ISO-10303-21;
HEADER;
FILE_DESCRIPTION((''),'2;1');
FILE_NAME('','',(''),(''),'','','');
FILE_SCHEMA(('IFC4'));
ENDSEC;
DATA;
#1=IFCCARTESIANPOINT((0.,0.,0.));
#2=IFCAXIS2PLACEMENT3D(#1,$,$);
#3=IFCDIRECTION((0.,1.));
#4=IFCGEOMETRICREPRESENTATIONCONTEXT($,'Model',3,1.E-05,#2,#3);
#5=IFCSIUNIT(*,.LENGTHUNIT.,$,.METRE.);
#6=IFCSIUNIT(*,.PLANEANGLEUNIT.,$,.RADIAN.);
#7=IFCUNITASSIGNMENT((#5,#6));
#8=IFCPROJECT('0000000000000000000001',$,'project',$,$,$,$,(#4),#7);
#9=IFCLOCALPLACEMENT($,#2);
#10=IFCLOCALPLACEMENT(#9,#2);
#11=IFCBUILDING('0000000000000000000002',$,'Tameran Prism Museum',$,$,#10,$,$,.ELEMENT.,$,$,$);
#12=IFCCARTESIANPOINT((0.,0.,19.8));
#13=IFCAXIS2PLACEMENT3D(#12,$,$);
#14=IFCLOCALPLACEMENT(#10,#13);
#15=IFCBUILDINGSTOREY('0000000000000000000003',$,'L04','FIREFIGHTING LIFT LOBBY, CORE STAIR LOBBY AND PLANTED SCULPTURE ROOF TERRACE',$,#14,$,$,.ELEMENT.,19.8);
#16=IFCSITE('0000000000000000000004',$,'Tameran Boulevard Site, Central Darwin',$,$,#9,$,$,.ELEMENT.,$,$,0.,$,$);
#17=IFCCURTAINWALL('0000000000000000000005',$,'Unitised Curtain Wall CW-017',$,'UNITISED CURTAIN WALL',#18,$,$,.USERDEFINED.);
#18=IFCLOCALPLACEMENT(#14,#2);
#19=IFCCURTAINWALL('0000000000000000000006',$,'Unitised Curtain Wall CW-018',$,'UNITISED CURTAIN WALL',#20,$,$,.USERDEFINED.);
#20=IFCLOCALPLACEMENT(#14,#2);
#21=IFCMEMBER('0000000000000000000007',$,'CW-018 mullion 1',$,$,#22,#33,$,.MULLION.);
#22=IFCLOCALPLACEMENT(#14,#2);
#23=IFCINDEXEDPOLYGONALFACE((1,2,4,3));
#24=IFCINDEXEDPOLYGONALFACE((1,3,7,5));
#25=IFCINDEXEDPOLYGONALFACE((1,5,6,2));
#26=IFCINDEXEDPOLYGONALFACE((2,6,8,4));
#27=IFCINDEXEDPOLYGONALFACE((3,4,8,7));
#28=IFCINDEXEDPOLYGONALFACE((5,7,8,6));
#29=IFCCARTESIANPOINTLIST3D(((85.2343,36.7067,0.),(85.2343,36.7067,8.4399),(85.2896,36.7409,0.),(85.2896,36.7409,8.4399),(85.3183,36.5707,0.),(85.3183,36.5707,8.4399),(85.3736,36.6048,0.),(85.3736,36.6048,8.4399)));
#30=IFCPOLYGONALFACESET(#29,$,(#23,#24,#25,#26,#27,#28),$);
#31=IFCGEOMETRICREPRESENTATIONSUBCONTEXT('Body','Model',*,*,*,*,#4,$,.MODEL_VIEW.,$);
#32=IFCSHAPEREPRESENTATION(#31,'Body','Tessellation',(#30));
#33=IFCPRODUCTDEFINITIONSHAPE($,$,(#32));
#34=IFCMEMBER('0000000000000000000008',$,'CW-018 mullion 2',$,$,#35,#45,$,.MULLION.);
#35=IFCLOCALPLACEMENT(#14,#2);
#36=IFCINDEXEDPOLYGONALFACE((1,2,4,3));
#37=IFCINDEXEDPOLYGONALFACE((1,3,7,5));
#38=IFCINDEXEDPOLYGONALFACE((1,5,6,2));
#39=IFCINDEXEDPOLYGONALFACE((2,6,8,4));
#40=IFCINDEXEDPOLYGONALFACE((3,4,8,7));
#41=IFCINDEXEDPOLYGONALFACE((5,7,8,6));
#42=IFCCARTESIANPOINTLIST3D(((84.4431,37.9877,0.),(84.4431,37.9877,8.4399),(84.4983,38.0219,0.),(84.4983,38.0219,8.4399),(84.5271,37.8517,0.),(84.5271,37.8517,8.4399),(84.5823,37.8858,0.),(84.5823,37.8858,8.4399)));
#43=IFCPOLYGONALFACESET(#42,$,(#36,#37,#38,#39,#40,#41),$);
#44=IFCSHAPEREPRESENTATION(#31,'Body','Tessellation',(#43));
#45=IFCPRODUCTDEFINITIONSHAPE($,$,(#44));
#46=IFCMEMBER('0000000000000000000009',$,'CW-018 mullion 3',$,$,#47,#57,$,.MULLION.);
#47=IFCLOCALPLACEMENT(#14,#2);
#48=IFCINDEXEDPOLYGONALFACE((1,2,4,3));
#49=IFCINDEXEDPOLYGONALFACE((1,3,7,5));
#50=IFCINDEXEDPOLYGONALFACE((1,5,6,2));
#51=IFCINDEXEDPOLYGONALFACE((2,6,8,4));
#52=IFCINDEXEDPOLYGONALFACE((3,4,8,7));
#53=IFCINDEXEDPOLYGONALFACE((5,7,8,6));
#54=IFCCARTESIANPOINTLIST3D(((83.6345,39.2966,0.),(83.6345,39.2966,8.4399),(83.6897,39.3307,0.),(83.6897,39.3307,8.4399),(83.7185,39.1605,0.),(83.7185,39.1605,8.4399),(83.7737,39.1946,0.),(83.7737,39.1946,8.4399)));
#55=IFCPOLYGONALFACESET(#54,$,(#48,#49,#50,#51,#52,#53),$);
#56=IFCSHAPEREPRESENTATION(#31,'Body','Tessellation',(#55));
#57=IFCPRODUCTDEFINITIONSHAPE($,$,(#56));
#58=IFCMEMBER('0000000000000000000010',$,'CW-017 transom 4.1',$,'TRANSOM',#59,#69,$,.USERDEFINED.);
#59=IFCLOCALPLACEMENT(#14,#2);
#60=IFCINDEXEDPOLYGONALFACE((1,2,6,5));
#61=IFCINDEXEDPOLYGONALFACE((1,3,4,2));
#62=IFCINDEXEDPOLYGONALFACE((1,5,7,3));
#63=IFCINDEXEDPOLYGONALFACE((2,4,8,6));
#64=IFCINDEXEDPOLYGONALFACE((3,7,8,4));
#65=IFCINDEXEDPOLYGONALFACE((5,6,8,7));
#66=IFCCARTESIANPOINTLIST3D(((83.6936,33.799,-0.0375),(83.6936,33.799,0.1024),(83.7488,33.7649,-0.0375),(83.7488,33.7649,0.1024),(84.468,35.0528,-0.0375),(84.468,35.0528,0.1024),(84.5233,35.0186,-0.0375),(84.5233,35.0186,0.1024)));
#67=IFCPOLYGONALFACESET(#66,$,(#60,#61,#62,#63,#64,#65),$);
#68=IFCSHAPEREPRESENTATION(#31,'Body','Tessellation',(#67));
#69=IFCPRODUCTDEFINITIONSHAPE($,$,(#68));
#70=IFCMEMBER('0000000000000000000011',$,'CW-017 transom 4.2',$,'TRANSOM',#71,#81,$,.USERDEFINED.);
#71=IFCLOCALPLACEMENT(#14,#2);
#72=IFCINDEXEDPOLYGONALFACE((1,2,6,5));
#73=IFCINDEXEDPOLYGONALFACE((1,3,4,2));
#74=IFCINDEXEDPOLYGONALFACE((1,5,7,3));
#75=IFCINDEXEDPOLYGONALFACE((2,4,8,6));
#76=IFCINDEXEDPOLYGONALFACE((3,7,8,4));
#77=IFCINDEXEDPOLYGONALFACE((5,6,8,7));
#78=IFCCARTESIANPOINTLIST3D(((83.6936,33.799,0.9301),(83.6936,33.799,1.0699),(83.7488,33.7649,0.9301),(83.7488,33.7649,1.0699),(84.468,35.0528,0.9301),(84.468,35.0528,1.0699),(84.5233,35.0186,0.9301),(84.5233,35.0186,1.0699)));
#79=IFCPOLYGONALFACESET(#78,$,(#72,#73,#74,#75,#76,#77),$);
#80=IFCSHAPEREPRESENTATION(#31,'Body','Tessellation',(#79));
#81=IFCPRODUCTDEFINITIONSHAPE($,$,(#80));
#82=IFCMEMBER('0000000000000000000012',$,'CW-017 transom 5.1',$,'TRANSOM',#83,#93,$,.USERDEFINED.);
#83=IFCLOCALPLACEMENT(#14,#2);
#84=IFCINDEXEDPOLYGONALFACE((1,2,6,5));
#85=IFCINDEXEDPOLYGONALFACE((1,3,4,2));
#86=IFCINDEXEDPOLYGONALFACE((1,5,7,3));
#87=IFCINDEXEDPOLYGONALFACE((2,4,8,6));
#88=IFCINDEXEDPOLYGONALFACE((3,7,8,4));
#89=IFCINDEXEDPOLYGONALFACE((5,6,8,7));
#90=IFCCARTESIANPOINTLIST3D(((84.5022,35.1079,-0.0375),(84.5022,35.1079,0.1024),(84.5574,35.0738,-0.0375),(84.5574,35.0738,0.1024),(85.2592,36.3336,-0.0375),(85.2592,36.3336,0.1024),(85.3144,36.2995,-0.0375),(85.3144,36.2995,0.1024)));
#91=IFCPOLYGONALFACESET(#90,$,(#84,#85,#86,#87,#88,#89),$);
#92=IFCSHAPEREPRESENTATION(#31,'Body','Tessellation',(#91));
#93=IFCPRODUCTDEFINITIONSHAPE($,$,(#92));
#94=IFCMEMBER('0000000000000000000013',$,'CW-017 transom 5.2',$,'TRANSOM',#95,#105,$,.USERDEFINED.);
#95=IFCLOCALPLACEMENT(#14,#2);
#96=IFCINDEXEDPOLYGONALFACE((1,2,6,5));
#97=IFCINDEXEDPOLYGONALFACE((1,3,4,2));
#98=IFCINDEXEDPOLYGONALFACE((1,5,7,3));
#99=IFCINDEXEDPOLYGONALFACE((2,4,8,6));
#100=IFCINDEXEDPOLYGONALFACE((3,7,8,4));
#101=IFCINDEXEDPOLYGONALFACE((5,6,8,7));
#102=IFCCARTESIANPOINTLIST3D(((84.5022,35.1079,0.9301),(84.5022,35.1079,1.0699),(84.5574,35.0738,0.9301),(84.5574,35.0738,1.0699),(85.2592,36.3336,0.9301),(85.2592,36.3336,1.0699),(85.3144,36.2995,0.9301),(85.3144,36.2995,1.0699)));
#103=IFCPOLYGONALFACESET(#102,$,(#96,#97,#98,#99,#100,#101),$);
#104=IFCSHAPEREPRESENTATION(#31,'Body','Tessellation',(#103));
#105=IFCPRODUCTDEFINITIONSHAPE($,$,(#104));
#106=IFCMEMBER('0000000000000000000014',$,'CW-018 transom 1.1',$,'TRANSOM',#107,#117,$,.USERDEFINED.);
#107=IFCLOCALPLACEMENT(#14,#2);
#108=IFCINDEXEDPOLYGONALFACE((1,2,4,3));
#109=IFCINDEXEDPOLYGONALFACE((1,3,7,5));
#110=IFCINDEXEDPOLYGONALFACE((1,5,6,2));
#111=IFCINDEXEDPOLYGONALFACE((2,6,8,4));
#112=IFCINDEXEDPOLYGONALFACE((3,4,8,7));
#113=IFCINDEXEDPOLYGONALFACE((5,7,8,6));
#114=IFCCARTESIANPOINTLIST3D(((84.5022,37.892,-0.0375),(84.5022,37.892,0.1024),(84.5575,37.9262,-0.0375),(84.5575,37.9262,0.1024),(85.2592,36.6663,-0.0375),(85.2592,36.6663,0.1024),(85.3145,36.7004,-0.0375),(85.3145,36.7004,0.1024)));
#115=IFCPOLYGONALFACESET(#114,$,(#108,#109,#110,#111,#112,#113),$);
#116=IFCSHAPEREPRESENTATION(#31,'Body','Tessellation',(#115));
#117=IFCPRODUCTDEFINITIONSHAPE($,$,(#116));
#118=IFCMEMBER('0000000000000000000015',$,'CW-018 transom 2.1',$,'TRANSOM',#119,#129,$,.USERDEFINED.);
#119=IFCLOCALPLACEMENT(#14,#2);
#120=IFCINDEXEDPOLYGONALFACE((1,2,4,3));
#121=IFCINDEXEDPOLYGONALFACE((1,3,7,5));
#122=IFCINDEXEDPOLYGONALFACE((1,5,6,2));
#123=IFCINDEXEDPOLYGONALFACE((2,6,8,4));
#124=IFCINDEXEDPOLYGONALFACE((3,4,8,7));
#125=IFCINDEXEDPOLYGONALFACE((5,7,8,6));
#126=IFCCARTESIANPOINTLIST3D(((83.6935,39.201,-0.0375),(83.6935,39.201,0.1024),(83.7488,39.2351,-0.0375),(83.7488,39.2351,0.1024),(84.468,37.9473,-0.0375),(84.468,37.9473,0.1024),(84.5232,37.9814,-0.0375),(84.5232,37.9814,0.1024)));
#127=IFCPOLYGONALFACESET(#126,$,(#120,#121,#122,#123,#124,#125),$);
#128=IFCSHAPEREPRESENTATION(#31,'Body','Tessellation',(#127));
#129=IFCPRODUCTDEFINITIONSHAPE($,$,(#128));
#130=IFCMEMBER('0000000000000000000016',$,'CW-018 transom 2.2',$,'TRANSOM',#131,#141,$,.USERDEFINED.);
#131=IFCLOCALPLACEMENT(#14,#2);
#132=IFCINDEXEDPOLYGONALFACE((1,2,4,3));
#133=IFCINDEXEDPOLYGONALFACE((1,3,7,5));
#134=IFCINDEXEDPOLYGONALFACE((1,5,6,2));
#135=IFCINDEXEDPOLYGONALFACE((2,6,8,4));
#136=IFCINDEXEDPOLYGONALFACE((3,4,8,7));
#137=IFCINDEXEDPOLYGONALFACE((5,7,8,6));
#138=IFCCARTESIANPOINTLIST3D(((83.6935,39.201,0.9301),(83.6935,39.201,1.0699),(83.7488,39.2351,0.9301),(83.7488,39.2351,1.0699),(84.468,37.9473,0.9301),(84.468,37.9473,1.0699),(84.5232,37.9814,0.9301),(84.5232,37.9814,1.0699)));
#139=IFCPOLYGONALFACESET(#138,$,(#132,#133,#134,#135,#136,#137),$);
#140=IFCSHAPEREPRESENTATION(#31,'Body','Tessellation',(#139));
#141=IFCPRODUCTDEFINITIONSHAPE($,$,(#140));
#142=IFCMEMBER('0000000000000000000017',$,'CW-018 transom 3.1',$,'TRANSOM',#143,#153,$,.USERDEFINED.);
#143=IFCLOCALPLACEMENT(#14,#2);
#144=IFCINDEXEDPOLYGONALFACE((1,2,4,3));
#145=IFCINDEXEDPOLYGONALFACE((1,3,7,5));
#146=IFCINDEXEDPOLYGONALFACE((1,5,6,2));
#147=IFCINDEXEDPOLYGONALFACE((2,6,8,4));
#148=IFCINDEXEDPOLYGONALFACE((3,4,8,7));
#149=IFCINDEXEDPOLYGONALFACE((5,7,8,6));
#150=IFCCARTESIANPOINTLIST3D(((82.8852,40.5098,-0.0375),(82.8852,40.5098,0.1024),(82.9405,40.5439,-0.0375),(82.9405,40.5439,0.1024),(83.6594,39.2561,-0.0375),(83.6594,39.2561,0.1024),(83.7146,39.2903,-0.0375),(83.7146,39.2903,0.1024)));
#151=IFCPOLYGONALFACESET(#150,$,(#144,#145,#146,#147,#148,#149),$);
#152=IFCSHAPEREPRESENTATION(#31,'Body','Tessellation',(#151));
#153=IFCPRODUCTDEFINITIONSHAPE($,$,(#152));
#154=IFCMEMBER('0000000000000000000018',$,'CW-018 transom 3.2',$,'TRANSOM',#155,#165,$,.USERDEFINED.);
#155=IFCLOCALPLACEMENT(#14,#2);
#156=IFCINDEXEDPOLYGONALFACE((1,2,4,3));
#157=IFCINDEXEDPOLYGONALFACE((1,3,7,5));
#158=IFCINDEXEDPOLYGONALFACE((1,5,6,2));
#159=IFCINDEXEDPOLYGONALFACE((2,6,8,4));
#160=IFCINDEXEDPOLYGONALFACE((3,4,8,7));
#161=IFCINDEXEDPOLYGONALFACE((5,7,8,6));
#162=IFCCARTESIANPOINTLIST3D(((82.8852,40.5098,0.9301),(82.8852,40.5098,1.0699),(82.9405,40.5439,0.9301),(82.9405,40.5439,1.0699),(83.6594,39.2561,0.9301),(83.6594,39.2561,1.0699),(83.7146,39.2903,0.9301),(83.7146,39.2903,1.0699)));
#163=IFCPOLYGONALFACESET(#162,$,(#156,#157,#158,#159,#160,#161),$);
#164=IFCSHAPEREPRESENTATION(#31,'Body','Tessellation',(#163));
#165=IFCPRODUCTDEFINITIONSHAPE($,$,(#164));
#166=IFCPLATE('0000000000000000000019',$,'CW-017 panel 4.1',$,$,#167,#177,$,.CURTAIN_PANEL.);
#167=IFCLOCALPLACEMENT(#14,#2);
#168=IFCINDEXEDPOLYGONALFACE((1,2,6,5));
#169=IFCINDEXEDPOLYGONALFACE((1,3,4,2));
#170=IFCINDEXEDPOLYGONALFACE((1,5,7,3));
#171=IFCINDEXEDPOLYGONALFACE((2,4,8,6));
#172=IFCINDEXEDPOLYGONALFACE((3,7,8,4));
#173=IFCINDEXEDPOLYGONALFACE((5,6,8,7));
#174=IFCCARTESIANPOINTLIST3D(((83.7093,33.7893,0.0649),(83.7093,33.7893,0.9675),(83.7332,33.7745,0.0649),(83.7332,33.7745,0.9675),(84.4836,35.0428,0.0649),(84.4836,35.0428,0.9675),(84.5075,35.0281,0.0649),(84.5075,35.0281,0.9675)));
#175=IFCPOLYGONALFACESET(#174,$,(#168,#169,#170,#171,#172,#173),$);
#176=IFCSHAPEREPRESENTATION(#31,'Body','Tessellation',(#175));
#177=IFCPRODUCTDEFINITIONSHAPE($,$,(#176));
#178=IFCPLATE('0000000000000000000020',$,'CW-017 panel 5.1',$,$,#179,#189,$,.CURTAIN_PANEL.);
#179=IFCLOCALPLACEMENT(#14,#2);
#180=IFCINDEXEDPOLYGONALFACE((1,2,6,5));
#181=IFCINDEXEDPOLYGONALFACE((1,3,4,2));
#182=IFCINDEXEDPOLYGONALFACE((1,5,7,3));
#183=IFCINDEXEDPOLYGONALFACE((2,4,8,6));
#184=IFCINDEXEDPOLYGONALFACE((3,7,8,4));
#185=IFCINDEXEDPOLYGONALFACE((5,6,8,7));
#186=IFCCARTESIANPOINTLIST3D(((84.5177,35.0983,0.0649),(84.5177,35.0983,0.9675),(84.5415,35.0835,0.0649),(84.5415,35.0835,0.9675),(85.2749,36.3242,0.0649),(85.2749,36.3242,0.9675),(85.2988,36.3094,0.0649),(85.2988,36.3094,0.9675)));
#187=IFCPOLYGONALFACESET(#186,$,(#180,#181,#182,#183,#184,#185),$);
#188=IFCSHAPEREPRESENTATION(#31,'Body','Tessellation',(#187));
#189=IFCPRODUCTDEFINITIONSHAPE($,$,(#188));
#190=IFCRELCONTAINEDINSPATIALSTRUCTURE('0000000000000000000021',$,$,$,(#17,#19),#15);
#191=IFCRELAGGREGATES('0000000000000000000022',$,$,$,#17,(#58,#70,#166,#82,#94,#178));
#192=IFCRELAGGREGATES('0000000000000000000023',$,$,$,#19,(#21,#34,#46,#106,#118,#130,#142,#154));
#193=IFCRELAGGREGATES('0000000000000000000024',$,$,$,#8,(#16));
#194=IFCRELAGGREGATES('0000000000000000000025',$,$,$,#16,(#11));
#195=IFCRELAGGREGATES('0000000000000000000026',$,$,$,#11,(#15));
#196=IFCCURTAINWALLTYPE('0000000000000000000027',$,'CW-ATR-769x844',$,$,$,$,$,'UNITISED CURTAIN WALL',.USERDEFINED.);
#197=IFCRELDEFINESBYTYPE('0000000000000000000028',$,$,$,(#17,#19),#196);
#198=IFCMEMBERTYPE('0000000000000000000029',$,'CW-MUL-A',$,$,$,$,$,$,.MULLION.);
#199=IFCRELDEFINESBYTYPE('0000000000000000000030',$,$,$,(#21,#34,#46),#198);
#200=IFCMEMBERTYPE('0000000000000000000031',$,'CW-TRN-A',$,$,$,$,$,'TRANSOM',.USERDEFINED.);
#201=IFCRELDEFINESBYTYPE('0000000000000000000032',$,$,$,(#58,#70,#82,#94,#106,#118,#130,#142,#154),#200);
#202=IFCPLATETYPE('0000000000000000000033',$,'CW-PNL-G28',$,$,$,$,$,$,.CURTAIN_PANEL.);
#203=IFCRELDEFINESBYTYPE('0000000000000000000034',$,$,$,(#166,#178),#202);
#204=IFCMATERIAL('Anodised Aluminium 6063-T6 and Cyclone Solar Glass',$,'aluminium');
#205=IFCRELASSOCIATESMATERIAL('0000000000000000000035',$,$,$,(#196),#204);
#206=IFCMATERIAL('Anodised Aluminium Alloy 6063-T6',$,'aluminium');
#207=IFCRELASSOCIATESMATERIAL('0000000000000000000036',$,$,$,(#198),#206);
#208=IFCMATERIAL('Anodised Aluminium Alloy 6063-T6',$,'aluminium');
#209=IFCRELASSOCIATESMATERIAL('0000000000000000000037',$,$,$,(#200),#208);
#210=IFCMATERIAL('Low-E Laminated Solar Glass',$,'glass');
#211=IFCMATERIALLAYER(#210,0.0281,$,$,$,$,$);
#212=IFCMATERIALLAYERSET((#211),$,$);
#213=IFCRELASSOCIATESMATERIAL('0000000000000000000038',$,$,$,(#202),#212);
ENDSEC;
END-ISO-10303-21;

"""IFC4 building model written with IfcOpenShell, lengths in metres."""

from ifc_helpers import new_model, si_unit, direction, frame, origin, origin_2d, place, context, subcontext, project, spatial, rectangle, extrude, material, layer, layer_set, material_profile, profile_set, type_object, element, aggregate, save


model = new_model("IFC4")

# Units and contexts
model_context = context("Model", 3, precision=1e-05, world=origin(), true_north=direction((0.0, 1.0)))
body_context = subcontext(model_context, "Body", "Model", "MODEL_VIEW")
ifc_project = project(units=[si_unit("LENGTHUNIT", "METRE"), si_unit("PLANEANGLEUNIT", "RADIAN")], contexts=[model_context])

# Site, building, storey
site_placement = place(None, origin())
site = spatial("IfcSite", under=ifc_project, at=site_placement, Name="Tameran Boulevard Site, Central Darwin", CompositionType="ELEMENT", RefElevation=0.0)
building_placement = place(site_placement, origin())
building = spatial("IfcBuilding", under=site, at=building_placement, Name="Tameran Prism Museum", CompositionType="ELEMENT")
storey_placement = place(building_placement, frame((0.0, 0.0, 19.8)))
storey = spatial("IfcBuildingStorey", under=building, at=storey_placement, Name="L04", Description="FIREFIGHTING LIFT LOBBY, CORE STAIR LOBBY AND PLANTED SCULPTURE ROOF TERRACE", CompositionType="ELEMENT", Elevation=19.8)

# Curtain walls, members
ifc_material_1 = material(Name="Anodised Aluminium 6063-T6 and Cyclone Solar Glass", Category="aluminium")
curtain_wall_type = type_object("IfcCurtainWallType", Name="CW-ATR-769x844", ElementType="UNITISED CURTAIN WALL", PredefinedType="USERDEFINED", material=ifc_material_1)
curtain_wall_1_placement = place(storey_placement, origin())
curtain_wall_1 = element("IfcCurtainWall", 1, at=curtain_wall_1_placement, inside=storey, type_object=curtain_wall_type, Name="Unitised Curtain Wall CW-017", ObjectType="UNITISED CURTAIN WALL", PredefinedType="USERDEFINED")
ifc_material_2 = material(Name="Anodised Aluminium Alloy 6063-T6", Category="aluminium")
ifc_material_profile_1 = material_profile(ifc_material_2, rectangle(XDim=0.0649, YDim=0.1599, at=origin_2d()))
ifc_profile_set_1 = profile_set([ifc_material_profile_1])
member_type_1 = type_object("IfcMemberType", Name="CW-MUL-A", PredefinedType="MULLION", material=ifc_profile_set_1)
curtain_wall_2_placement = place(storey_placement, origin())
curtain_wall_2 = element("IfcCurtainWall", 2, at=curtain_wall_2_placement, inside=storey, type_object=curtain_wall_type, Name="Unitised Curtain Wall CW-018", ObjectType="UNITISED CURTAIN WALL", PredefinedType="USERDEFINED")
member_1_placement = place(storey_placement, frame((85.304, 36.6558, 0.0), z_axis=(0.0, 0.0, 1.0), x_axis=(-0.850791, -0.525504, 0.0)))
member_1 = element("IfcMember", 3, at=member_1_placement, type_object=member_type_1, Name="CW-018 mullion 1", PredefinedType="MULLION", context=body_context, shape_type="SweptSolid", body=[
    extrude(rectangle(XDim=0.0649, YDim=0.1599, at=origin_2d()), origin(), (0.0, 0.0, 1.0), 8.4399),
])
member_2_placement = place(storey_placement, frame((84.5127, 37.9368, 0.0), z_axis=(0.0, 0.0, 1.0), x_axis=(-0.850791, -0.525504, 0.0)))
member_2 = element("IfcMember", 4, at=member_2_placement, type_object=member_type_1, Name="CW-018 mullion 2", PredefinedType="MULLION", context=body_context, shape_type="SweptSolid", body=[
    extrude(rectangle(XDim=0.0649, YDim=0.1599, at=origin_2d()), origin(), (0.0, 0.0, 1.0), 8.4399),
])
member_3_placement = place(storey_placement, frame((83.7041, 39.2456, 0.0), z_axis=(0.0, 0.0, 1.0), x_axis=(-0.850791, -0.525504, 0.0)))
member_3 = element("IfcMember", 5, at=member_3_placement, type_object=member_type_1, Name="CW-018 mullion 3", PredefinedType="MULLION", context=body_context, shape_type="SweptSolid", body=[
    extrude(rectangle(XDim=0.0649, YDim=0.1599, at=origin_2d()), origin(), (0.0, 0.0, 1.0), 8.4399),
])

# Members
ifc_material_3 = material(Name="Anodised Aluminium Alloy 6063-T6", Category="aluminium")
ifc_material_profile_2 = material_profile(ifc_material_3, rectangle(XDim=0.0649, YDim=0.1399, at=origin_2d()))
ifc_profile_set_2 = profile_set([ifc_material_profile_2])
member_type_2 = type_object("IfcMemberType", Name="CW-TRN-A", ElementType="TRANSOM", PredefinedType="USERDEFINED", material=ifc_profile_set_2)
member_4_placement = place(storey_placement, frame((83.7212, 33.782, 0.0325), z_axis=(0.525539, 0.85077, 0.0), x_axis=(-0.85077, 0.525539, 0.0)))
member_4 = element("IfcMember", 6, at=member_4_placement, type_object=member_type_2, Name="CW-017 transom 4.1", ObjectType="TRANSOM", PredefinedType="USERDEFINED", context=body_context, shape_type="SweptSolid", body=[
    extrude(rectangle(XDim=0.0649, YDim=0.1399, at=origin_2d()), origin(), (0.0, 0.0, 1.0), 1.4736),
])
member_5_placement = place(storey_placement, frame((83.7212, 33.782, 1.0), z_axis=(0.525539, 0.85077, 0.0), x_axis=(-0.85077, 0.525539, 0.0)))
member_5 = element("IfcMember", 7, at=member_5_placement, type_object=member_type_2, Name="CW-017 transom 4.2", ObjectType="TRANSOM", PredefinedType="USERDEFINED", context=body_context, shape_type="SweptSolid", body=[
    extrude(rectangle(XDim=0.0649, YDim=0.1399, at=origin_2d()), origin(), (0.0, 0.0, 1.0), 1.4736),
])
member_6_placement = place(storey_placement, frame((84.5298, 35.0908, 0.0325), z_axis=(0.525468, 0.850814, 0.0), x_axis=(-0.850814, 0.525468, 0.0)))
member_6 = element("IfcMember", 8, at=member_6_placement, type_object=member_type_2, Name="CW-017 transom 5.1", ObjectType="TRANSOM", PredefinedType="USERDEFINED", context=body_context, shape_type="SweptSolid", body=[
    extrude(rectangle(XDim=0.0649, YDim=0.1399, at=origin_2d()), origin(), (0.0, 0.0, 1.0), 1.4407),
])
member_7_placement = place(storey_placement, frame((84.5298, 35.0908, 1.0), z_axis=(0.525468, 0.850814, 0.0), x_axis=(-0.850814, 0.525468, 0.0)))
member_7 = element("IfcMember", 9, at=member_7_placement, type_object=member_type_2, Name="CW-017 transom 5.2", ObjectType="TRANSOM", PredefinedType="USERDEFINED", context=body_context, shape_type="SweptSolid", body=[
    extrude(rectangle(XDim=0.0649, YDim=0.1399, at=origin_2d()), origin(), (0.0, 0.0, 1.0), 1.4407),
])
member_8_placement = place(storey_placement, frame((85.2869, 36.6833, 0.0325), z_axis=(-0.525468, 0.850814, 0.0), x_axis=(-0.850814, -0.525468, 0.0)))
member_8 = element("IfcMember", 10, at=member_8_placement, type_object=member_type_2, Name="CW-018 transom 1.1", ObjectType="TRANSOM", PredefinedType="USERDEFINED", context=body_context, shape_type="SweptSolid", body=[
    extrude(rectangle(XDim=0.0649, YDim=0.1399, at=origin_2d()), origin(), (0.0, 0.0, 1.0), 1.4407),
])
member_9_placement = place(storey_placement, frame((84.4956, 37.9644, 0.0325), z_axis=(-0.525539, 0.85077, 0.0), x_axis=(-0.85077, -0.525539, 0.0)))
member_9 = element("IfcMember", 11, at=member_9_placement, type_object=member_type_2, Name="CW-018 transom 2.1", ObjectType="TRANSOM", PredefinedType="USERDEFINED", context=body_context, shape_type="SweptSolid", body=[
    extrude(rectangle(XDim=0.0649, YDim=0.1399, at=origin_2d()), origin(), (0.0, 0.0, 1.0), 1.4736),
])
member_10_placement = place(storey_placement, frame((84.4956, 37.9644, 1.0), z_axis=(-0.525539, 0.85077, 0.0), x_axis=(-0.85077, -0.525539, 0.0)))
member_10 = element("IfcMember", 12, at=member_10_placement, type_object=member_type_2, Name="CW-018 transom 2.2", ObjectType="TRANSOM", PredefinedType="USERDEFINED", context=body_context, shape_type="SweptSolid", body=[
    extrude(rectangle(XDim=0.0649, YDim=0.1399, at=origin_2d()), origin(), (0.0, 0.0, 1.0), 1.4736),
])
member_11_placement = place(storey_placement, frame((83.687, 39.2732, 0.0325), z_axis=(-0.525419, 0.850844, 0.0), x_axis=(-0.850844, -0.525419, 0.0)))
member_11 = element("IfcMember", 13, at=member_11_placement, type_object=member_type_2, Name="CW-018 transom 3.1", ObjectType="TRANSOM", PredefinedType="USERDEFINED", context=body_context, shape_type="SweptSolid", body=[
    extrude(rectangle(XDim=0.0649, YDim=0.1399, at=origin_2d()), origin(), (0.0, 0.0, 1.0), 1.4734),
])
member_12_placement = place(storey_placement, frame((83.687, 39.2732, 1.0), z_axis=(-0.525419, 0.850844, 0.0), x_axis=(-0.850844, -0.525419, 0.0)))
member_12 = element("IfcMember", 14, at=member_12_placement, type_object=member_type_2, Name="CW-018 transom 3.2", ObjectType="TRANSOM", PredefinedType="USERDEFINED", context=body_context, shape_type="SweptSolid", body=[
    extrude(rectangle(XDim=0.0649, YDim=0.1399, at=origin_2d()), origin(), (0.0, 0.0, 1.0), 1.4734),
])

# Plates
ifc_material_4 = material(Name="Low-E Laminated Solar Glass", Category="glass")
ifc_layer_1 = layer(ifc_material_4, 0.0281)
ifc_layer_set_1 = layer_set([ifc_layer_1])
plate_type = type_object("IfcPlateType", Name="CW-PNL-G28", PredefinedType="CURTAIN_PANEL", material=ifc_layer_set_1)
plate_1_placement = place(storey_placement, frame((84.1084, 34.4087, 0.0649), z_axis=(0.0, 0.0, 1.0), x_axis=(0.525504, 0.850791, 0.0)))
plate_1 = element("IfcPlate", 15, at=plate_1_placement, type_object=plate_type, Name="CW-017 panel 4.1", PredefinedType="CURTAIN_PANEL", context=body_context, shape_type="SweptSolid", body=[
    extrude(rectangle(XDim=1.4734, YDim=0.0281, at=origin_2d()), origin(), (0.0, 0.0, 1.0), 0.9026),
])
plate_2_placement = place(storey_placement, frame((84.9082, 35.7039, 0.0649), z_axis=(0.0, 0.0, 1.0), x_axis=(0.525504, 0.850791, 0.0)))
plate_2 = element("IfcPlate", 16, at=plate_2_placement, type_object=plate_type, Name="CW-017 panel 5.1", PredefinedType="CURTAIN_PANEL", context=body_context, shape_type="SweptSolid", body=[
    extrude(rectangle(XDim=1.4409, YDim=0.0281, at=origin_2d()), origin(), (0.0, 0.0, 1.0), 0.9026),
])
aggregate(curtain_wall_1, [member_4, member_5, plate_1, member_6, member_7, plate_2])
aggregate(curtain_wall_2, [member_1, member_2, member_3, member_8, member_9, member_10, member_11, member_12])

save(model, "model.ifc")
